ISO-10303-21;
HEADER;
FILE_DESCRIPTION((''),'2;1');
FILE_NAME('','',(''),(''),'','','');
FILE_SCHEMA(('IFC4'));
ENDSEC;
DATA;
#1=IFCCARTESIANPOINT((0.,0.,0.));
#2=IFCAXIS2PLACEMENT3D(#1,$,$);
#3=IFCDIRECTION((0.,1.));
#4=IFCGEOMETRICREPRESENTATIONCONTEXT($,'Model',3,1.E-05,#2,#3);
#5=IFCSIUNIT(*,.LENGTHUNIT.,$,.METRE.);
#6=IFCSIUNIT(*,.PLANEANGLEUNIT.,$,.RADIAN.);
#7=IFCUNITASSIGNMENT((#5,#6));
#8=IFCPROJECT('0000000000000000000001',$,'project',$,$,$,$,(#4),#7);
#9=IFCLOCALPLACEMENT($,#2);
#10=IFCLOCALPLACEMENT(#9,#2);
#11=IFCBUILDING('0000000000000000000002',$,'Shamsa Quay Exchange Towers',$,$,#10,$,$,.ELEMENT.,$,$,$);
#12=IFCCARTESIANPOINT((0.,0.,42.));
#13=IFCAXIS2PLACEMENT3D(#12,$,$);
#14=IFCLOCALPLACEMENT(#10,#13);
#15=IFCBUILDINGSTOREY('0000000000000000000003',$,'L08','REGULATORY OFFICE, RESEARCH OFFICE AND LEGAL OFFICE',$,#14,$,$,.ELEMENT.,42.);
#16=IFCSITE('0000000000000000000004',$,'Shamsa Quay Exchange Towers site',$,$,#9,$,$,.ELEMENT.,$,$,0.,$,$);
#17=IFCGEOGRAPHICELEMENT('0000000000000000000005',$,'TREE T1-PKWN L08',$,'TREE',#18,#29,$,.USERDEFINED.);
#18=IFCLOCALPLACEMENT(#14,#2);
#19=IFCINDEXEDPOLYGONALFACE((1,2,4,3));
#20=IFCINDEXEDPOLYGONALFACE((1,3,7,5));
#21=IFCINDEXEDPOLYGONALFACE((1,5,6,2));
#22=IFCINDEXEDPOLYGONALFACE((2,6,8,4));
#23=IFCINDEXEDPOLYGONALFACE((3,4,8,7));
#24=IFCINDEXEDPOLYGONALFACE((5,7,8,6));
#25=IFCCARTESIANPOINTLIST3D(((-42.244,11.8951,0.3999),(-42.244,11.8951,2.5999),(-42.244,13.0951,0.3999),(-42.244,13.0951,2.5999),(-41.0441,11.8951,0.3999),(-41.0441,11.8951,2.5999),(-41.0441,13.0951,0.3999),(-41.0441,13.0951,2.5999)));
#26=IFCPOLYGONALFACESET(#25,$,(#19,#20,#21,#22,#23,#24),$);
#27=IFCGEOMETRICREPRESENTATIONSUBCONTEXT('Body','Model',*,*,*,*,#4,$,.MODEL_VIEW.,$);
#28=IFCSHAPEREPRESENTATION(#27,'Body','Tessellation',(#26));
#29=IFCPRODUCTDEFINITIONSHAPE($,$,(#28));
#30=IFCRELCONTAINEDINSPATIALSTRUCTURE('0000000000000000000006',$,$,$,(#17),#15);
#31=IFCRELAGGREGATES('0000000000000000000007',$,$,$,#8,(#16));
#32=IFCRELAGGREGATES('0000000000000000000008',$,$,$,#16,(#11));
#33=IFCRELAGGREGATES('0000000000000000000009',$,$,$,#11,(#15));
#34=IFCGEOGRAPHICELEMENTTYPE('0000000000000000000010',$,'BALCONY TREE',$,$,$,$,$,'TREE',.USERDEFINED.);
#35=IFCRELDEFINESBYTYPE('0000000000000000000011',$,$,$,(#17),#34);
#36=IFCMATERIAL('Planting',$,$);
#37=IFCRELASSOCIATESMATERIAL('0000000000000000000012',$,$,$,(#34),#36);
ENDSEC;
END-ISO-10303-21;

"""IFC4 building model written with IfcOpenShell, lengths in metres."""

from ifc_helpers import new_model, si_unit, direction, frame, origin, origin_2d, place, context, subcontext, project, spatial, rectangle, extrude, material, type_object, element, save


model = new_model("IFC4")

# Units and contexts
model_context = context("Model", 3, precision=1e-05, world=origin(), true_north=direction((0.0, 1.0)))
body_context = subcontext(model_context, "Body", "Model", "MODEL_VIEW")
ifc_project = project(units=[si_unit("LENGTHUNIT", "METRE"), si_unit("PLANEANGLEUNIT", "RADIAN")], contexts=[model_context])

# Site, building, storey
site_placement = place(None, origin())
site = spatial("IfcSite", under=ifc_project, at=site_placement, Name="Shamsa Quay Exchange Towers site", CompositionType="ELEMENT", RefElevation=0.0)
building_placement = place(site_placement, origin())
building = spatial("IfcBuilding", under=site, at=building_placement, Name="Shamsa Quay Exchange Towers", CompositionType="ELEMENT")
storey_placement = place(building_placement, frame((0.0, 0.0, 42.0)))
storey = spatial("IfcBuildingStorey", under=building, at=storey_placement, Name="L08", Description="REGULATORY OFFICE, RESEARCH OFFICE AND LEGAL OFFICE", CompositionType="ELEMENT", Elevation=42.0)

# Geographic element
ifc_material_1 = material(Name="Planting")
geographic_element_type = type_object("IfcGeographicElementType", Name="BALCONY TREE", ElementType="TREE", PredefinedType="USERDEFINED", material=ifc_material_1)
geographic_element_placement = place(storey_placement, frame((-41.644, 12.4951, 0.3999), z_axis=(0.0, 0.0, 1.0), x_axis=(-1.0, 0.0, 0.0)))
element("IfcGeographicElement", 1, at=geographic_element_placement, inside=storey, type_object=geographic_element_type, Name="TREE T1-PKWN L08", ObjectType="TREE", PredefinedType="USERDEFINED", context=body_context, shape_type="SweptSolid", body=[
    extrude(rectangle(XDim=1.2, YDim=1.2, at=origin_2d()), origin(), (0.0, 0.0, 1.0), 2.2),
])

save(model, "model.ifc")
